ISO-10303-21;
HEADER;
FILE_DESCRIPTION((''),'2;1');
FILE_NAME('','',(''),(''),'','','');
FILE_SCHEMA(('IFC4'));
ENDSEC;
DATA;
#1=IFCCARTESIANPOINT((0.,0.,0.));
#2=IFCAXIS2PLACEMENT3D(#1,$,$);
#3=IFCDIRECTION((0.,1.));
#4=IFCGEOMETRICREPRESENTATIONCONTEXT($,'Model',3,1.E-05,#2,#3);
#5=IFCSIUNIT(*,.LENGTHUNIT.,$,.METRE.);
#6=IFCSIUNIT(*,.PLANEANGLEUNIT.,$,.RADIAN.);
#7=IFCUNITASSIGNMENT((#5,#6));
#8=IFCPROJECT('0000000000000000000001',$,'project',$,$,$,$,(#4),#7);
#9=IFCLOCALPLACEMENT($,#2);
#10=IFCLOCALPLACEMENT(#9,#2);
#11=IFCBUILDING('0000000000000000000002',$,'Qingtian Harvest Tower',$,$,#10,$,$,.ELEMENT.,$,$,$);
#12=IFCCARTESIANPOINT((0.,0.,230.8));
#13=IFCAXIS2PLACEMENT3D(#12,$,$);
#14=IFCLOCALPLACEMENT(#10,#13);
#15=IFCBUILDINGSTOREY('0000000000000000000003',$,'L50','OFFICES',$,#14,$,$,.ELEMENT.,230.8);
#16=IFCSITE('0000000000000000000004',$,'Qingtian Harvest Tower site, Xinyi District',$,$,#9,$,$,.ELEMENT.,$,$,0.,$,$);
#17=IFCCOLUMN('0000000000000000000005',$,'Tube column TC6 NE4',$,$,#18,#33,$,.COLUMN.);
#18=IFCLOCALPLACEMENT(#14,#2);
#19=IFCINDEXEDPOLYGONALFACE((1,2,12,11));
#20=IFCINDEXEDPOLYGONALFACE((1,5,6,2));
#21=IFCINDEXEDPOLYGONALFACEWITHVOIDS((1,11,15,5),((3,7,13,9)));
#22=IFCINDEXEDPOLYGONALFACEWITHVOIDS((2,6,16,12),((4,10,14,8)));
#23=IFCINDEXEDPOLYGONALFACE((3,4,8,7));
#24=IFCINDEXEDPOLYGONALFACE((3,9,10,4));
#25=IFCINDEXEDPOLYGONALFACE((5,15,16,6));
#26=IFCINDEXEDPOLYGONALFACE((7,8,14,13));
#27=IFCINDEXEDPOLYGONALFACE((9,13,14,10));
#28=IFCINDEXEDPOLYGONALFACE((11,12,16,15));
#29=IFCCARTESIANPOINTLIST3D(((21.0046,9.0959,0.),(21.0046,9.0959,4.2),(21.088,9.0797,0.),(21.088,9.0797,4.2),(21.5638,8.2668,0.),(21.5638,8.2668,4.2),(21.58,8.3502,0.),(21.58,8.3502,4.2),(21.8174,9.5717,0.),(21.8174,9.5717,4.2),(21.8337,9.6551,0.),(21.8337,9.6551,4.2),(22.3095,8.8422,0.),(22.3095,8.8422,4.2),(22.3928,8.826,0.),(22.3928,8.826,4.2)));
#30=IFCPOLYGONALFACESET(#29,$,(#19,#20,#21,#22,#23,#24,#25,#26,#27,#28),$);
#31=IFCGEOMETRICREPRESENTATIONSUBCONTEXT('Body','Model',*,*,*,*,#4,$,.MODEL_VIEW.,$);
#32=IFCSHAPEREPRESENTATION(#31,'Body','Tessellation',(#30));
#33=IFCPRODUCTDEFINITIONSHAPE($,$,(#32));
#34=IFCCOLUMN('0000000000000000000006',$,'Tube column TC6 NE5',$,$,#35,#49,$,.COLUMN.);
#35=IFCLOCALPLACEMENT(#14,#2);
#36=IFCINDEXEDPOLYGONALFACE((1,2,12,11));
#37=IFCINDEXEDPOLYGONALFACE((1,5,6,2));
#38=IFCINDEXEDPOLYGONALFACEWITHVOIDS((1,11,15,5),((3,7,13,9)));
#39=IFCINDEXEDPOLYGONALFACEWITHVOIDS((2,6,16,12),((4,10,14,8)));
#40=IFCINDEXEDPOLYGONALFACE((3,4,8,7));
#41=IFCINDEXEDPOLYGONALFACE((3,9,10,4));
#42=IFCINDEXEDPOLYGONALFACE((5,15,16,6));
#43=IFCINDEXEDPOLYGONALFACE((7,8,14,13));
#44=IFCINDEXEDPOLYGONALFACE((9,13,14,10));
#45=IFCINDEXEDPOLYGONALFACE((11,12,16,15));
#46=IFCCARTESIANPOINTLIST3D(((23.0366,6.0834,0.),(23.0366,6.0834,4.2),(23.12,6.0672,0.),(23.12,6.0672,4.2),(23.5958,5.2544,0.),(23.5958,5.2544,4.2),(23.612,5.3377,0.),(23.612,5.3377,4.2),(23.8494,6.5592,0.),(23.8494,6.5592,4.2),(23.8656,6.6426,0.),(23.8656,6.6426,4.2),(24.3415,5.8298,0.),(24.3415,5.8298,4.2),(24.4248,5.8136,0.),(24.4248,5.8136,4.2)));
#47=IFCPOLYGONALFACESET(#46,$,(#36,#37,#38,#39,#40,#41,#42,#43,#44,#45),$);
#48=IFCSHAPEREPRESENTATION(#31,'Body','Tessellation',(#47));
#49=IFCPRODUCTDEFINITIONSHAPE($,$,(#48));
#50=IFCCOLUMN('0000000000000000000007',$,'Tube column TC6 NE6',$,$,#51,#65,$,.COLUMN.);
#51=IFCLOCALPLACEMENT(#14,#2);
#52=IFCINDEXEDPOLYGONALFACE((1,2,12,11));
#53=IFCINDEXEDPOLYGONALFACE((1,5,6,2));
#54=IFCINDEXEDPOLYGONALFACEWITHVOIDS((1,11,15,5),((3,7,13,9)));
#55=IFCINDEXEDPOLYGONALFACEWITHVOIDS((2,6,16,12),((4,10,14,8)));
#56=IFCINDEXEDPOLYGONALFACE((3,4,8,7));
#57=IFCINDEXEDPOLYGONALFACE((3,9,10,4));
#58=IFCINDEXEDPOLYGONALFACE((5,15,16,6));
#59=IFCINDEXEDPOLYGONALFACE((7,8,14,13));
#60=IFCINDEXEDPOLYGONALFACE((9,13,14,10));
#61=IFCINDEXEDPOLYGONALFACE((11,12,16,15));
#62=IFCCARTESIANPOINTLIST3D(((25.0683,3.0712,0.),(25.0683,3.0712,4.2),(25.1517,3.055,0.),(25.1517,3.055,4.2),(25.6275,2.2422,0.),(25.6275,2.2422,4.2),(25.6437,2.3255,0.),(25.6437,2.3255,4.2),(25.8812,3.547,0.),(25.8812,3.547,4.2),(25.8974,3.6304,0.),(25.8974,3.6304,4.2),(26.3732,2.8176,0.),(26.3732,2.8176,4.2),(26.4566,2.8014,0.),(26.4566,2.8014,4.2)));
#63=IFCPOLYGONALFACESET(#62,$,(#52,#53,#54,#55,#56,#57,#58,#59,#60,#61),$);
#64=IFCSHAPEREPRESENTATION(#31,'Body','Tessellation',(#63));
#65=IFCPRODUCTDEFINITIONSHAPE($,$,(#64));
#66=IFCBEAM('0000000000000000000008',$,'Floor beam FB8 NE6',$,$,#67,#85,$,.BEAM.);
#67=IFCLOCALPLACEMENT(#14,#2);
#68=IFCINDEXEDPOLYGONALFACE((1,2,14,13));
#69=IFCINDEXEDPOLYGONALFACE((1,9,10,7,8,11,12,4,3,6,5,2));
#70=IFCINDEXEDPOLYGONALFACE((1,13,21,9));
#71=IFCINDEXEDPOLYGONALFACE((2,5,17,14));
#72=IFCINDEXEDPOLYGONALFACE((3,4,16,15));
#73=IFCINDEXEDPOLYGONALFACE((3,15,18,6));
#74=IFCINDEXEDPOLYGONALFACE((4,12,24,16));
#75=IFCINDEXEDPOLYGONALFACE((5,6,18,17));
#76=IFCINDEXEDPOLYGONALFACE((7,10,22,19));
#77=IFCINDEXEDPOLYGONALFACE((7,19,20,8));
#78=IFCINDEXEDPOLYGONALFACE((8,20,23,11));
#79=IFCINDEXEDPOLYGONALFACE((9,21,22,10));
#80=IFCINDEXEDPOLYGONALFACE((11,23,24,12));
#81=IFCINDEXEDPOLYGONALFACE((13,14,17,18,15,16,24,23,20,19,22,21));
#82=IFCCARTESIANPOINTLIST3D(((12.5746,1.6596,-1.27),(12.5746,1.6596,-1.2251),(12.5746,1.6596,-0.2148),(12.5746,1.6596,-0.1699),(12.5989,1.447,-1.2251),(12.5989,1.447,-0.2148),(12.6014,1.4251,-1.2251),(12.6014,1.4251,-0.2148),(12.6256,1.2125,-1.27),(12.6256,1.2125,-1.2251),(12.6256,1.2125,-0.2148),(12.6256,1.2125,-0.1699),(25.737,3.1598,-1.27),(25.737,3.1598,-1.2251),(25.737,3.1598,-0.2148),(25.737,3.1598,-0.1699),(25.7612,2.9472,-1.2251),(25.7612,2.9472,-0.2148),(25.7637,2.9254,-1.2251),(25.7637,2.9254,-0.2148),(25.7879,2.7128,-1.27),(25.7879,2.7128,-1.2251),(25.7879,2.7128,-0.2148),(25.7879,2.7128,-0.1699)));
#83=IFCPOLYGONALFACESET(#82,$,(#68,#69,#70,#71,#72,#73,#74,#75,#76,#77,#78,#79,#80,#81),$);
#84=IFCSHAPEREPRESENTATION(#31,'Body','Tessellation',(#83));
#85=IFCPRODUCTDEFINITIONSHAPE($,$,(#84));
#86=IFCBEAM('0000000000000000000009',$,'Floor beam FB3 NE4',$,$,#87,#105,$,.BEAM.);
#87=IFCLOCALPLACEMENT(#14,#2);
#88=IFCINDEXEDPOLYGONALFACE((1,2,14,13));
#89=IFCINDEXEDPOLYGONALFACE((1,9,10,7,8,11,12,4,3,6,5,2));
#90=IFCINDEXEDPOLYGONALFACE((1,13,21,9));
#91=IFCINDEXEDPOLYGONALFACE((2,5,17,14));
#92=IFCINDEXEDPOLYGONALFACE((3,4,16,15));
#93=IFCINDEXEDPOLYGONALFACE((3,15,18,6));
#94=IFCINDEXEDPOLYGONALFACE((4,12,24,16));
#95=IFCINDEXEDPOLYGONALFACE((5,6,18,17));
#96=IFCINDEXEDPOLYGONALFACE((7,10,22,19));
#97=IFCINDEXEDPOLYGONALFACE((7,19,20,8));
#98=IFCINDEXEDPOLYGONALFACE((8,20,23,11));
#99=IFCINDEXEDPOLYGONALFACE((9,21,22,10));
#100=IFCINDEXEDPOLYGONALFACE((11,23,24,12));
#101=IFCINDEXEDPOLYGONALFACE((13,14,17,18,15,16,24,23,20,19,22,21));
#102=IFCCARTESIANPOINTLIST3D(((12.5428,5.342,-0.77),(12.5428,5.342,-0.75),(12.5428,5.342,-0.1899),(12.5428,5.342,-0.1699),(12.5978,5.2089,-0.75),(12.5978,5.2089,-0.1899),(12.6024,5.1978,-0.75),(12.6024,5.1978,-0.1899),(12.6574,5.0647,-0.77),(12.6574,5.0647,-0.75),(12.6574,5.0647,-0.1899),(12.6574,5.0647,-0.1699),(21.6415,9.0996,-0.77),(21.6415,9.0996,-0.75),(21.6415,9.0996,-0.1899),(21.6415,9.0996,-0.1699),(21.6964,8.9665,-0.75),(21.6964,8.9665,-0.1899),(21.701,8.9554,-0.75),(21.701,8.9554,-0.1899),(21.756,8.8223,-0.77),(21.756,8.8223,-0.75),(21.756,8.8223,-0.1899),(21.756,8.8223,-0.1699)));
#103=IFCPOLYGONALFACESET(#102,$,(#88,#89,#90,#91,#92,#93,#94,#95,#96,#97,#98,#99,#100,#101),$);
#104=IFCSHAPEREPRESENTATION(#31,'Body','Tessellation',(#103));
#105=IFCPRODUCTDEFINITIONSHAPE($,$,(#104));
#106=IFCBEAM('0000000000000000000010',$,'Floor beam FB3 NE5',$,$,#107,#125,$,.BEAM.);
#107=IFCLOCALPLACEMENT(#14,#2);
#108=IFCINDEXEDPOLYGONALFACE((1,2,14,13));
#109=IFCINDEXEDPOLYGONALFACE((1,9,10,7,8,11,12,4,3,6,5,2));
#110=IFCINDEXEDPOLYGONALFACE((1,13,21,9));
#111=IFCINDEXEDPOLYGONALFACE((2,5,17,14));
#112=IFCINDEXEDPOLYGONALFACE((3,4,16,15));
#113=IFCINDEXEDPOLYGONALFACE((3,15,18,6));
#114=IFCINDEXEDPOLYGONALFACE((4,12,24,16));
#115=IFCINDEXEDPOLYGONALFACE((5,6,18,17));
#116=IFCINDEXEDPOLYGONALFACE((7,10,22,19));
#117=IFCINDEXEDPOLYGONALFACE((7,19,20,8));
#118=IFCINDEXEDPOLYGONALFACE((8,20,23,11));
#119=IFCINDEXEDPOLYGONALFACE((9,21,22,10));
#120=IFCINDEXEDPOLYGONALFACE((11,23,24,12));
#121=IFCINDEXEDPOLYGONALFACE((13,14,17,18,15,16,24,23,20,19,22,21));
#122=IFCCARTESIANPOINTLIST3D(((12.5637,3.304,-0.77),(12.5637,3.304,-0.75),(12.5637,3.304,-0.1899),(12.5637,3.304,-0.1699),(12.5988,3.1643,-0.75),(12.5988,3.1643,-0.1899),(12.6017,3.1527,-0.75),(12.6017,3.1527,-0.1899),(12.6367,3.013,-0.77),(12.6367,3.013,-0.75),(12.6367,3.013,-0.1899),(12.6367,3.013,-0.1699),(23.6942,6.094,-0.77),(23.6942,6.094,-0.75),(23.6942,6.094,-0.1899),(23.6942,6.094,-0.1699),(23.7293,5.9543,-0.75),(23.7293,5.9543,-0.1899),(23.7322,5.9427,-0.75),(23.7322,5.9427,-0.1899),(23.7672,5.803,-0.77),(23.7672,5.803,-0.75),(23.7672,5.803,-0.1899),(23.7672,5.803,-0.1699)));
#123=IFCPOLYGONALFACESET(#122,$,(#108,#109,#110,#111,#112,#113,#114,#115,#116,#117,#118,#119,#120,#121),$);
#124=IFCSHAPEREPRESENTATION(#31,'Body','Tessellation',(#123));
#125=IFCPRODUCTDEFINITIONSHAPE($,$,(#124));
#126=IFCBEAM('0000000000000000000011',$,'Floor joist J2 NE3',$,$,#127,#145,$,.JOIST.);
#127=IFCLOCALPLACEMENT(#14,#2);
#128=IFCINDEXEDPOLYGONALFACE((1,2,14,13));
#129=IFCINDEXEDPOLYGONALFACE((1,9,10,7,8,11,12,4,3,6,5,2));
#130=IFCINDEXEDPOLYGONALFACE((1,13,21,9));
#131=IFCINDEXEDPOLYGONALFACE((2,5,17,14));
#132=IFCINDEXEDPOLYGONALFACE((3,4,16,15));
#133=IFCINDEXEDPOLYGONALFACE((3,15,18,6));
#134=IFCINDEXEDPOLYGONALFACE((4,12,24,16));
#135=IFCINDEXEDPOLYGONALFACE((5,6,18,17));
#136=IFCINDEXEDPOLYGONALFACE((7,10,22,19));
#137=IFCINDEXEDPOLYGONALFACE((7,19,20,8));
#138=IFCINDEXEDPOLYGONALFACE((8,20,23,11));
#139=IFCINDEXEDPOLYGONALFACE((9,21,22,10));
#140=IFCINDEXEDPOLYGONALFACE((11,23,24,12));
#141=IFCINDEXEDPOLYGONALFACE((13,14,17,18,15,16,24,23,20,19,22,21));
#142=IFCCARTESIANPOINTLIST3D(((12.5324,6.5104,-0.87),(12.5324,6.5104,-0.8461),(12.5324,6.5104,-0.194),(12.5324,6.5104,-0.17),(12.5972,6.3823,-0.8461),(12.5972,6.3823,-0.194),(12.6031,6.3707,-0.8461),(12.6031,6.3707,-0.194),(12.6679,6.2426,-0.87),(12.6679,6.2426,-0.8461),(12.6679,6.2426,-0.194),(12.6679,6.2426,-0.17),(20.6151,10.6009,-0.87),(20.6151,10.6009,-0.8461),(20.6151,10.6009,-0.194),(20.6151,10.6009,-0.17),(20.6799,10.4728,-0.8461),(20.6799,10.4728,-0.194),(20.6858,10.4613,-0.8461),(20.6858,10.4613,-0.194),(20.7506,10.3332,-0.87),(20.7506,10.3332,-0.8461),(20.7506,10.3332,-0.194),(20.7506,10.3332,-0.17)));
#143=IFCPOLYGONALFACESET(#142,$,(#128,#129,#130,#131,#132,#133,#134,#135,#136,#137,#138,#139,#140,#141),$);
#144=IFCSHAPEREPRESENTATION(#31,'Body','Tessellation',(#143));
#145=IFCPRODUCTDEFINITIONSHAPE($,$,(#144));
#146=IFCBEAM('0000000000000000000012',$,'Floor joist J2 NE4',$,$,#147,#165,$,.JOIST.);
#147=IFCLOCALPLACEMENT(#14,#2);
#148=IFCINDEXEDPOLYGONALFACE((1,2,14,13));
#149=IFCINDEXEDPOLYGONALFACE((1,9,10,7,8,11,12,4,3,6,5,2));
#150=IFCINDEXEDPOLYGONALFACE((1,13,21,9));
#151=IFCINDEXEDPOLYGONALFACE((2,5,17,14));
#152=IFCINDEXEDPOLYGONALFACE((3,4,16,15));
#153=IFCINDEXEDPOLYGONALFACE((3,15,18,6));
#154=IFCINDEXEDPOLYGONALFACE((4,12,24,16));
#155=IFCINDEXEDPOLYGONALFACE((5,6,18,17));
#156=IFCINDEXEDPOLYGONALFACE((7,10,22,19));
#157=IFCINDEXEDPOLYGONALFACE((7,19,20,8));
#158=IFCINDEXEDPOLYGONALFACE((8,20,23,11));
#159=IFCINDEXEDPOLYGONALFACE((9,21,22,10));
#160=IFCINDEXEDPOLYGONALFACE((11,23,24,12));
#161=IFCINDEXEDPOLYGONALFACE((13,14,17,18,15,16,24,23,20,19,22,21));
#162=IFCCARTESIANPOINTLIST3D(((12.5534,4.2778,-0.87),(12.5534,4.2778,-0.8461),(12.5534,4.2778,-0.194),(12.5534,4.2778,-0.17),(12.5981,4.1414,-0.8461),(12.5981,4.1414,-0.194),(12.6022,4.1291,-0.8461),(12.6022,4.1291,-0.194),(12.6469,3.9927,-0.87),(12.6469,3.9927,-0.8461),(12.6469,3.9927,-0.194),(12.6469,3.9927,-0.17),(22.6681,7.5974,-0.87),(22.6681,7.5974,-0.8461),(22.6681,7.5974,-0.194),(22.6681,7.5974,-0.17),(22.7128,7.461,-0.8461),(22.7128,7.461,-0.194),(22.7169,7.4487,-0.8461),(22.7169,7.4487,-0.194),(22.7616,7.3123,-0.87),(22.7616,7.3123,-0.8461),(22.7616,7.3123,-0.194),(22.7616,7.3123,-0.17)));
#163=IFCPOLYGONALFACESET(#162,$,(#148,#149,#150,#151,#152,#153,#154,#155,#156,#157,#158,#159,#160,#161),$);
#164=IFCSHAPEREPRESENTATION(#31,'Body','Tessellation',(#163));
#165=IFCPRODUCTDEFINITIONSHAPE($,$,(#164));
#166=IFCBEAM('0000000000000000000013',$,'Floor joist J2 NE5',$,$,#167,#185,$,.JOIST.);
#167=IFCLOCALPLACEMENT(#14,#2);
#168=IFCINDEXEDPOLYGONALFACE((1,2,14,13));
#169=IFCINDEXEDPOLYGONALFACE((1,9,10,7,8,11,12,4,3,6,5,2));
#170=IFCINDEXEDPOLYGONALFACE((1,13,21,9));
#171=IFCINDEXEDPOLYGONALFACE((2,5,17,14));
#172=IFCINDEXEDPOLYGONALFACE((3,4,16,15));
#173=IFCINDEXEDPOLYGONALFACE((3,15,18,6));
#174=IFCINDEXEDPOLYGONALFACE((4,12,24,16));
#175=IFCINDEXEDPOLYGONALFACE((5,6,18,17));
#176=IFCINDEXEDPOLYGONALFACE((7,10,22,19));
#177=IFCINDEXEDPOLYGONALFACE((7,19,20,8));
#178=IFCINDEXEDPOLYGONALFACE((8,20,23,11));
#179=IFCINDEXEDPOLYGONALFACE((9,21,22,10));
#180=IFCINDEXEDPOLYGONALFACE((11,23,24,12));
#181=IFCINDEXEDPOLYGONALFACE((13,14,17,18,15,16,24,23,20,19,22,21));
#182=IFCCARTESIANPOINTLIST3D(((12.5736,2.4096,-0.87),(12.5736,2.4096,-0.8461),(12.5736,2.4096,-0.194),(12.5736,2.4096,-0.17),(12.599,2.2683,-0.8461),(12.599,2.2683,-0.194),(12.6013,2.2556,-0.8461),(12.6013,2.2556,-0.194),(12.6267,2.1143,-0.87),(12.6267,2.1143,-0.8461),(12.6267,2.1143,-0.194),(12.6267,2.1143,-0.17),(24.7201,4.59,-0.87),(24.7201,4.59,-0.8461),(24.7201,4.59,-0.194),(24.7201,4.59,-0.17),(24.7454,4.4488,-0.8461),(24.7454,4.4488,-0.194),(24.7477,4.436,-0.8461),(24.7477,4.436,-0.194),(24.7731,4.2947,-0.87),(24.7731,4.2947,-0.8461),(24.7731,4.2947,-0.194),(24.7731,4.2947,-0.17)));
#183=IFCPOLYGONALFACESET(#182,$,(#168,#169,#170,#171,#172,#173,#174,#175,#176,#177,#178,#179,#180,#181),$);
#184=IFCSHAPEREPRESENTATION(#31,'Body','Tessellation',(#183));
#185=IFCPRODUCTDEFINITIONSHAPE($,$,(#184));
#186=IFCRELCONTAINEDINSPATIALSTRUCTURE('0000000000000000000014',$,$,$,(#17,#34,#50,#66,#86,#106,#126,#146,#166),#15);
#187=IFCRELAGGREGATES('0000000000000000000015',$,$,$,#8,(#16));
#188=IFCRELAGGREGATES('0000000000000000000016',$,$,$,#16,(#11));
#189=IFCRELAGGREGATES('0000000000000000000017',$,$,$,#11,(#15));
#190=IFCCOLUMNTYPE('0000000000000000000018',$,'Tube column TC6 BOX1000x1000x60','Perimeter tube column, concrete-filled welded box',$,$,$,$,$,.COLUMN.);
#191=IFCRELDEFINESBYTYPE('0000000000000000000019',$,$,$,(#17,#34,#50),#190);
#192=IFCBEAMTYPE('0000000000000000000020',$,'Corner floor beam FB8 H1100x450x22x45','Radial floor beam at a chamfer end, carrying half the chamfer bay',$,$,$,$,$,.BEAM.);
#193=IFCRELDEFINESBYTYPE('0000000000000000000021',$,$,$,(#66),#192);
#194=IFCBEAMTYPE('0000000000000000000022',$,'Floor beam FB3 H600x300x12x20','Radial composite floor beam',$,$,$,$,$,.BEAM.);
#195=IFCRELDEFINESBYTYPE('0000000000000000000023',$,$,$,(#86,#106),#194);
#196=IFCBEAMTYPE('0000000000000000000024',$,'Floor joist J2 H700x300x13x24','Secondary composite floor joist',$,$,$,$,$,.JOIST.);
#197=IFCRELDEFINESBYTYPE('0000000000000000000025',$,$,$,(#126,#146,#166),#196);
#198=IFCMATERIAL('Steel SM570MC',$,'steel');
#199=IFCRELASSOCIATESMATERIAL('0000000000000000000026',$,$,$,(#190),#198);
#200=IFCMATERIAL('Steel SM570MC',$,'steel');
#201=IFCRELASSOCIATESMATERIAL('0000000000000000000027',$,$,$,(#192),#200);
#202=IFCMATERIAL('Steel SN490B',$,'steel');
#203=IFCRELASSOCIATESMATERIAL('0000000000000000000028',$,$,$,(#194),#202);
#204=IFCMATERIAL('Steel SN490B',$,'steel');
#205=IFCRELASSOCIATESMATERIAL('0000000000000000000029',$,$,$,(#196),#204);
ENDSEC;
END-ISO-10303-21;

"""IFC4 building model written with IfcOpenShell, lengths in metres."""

from ifc_helpers import new_model, si_unit, direction, frame, origin, origin_2d, place, context, subcontext, project, spatial, hollow_rectangle, i_section, extrude, material, material_profile, profile_set, type_object, element, save


model = new_model("IFC4")

# Units and contexts
model_context = context("Model", 3, precision=1e-05, world=origin(), true_north=direction((0.0, 1.0)))
body_context = subcontext(model_context, "Body", "Model", "MODEL_VIEW")
ifc_project = project(units=[si_unit("LENGTHUNIT", "METRE"), si_unit("PLANEANGLEUNIT", "RADIAN")], contexts=[model_context])

# Site, building, storey
site_placement = place(None, origin())
site = spatial("IfcSite", under=ifc_project, at=site_placement, Name="Qingtian Harvest Tower site, Xinyi District", CompositionType="ELEMENT", RefElevation=0.0)
building_placement = place(site_placement, origin())
building = spatial("IfcBuilding", under=site, at=building_placement, Name="Qingtian Harvest Tower", CompositionType="ELEMENT")
storey_placement = place(building_placement, frame((0.0, 0.0, 230.8)))
storey = spatial("IfcBuildingStorey", under=building, at=storey_placement, Name="L50", Description="OFFICES", CompositionType="ELEMENT", Elevation=230.8)

# Columns
ifc_material_1 = material(Name="Steel SM570MC", Category="steel")
ifc_material_profile_1 = material_profile(ifc_material_1, hollow_rectangle(XDim=1.0, YDim=1.0, WallThickness=0.0601, at=origin_2d()), Name="BOX1000x1000x60")
ifc_profile_set_1 = profile_set([ifc_material_profile_1], Name="Steel SM570MC")
column_type = type_object("IfcColumnType", Name="Tube column TC6 BOX1000x1000x60", Description="Perimeter tube column, concrete-filled welded box", PredefinedType="COLUMN", material=ifc_profile_set_1)
for number, where, z_axis, x_axis, name in (
    (1, (21.6987, 8.9609, 0.0), (0.0, 0.0, 1.0), (-0.559193, 0.829038, 0.0), "Tube column TC6 NE4"),
    (2, (23.7307, 5.9485, 0.0), (0.0, 0.0, 1.0), (-0.559193, 0.829038, 0.0), "Tube column TC6 NE5"),
    (3, (25.7625, 2.9363, 0.0), (0.0, 0.0, 1.0), (-0.559193, 0.829038, 0.0), "Tube column TC6 NE6"),
):
    element("IfcColumn", number, at=place(storey_placement, frame(where, z_axis=z_axis, x_axis=x_axis)), inside=storey, type_object=column_type, Name=name, PredefinedType="COLUMN", context=body_context, shape_type="SweptSolid", body=[
        extrude(hollow_rectangle(XDim=1.0, YDim=1.0, WallThickness=0.0601, at=origin_2d()), origin(), (0.0, 0.0, 1.0), 4.2),
    ])

# Beams
ifc_material_2 = material(Name="Steel SM570MC", Category="steel")
ifc_material_profile_2 = material_profile(ifc_material_2, i_section(OverallWidth=0.45, OverallDepth=1.1001, WebThickness=0.022, FlangeThickness=0.0449, at=origin_2d()), Name="H1100x450x22x45")
ifc_profile_set_2 = profile_set([ifc_material_profile_2], Name="Steel SM570MC")
beam_type_1 = type_object("IfcBeamType", Name="Corner floor beam FB8 H1100x450x22x45", Description="Radial floor beam at a chamfer end, carrying half the chamfer bay", PredefinedType="BEAM", material=ifc_profile_set_2)
beam_1_placement = place(storey_placement, frame((25.7625, 2.9363, -0.72), z_axis=(-0.993567, -0.113247, 0.0), x_axis=(0.113247, -0.993567, 0.0)))
element("IfcBeam", 4, at=beam_1_placement, inside=storey, type_object=beam_type_1, Name="Floor beam FB8 NE6", PredefinedType="BEAM", context=body_context, shape_type="SweptSolid", body=[
    extrude(i_section(OverallWidth=0.45, OverallDepth=1.1001, WebThickness=0.022, FlangeThickness=0.0449, at=origin_2d()), origin(), (0.0, 0.0, 1.0), 13.2476),
])
ifc_material_3 = material(Name="Steel SN490B", Category="steel")
ifc_material_profile_3 = material_profile(ifc_material_3, i_section(OverallWidth=0.3, OverallDepth=0.6001, WebThickness=0.012, FlangeThickness=0.02, at=origin_2d()), Name="H600x300x12x20")
ifc_profile_set_3 = profile_set([ifc_material_profile_3], Name="Steel SN490B")
beam_type_2 = type_object("IfcBeamType", Name="Floor beam FB3 H600x300x12x20", Description="Radial composite floor beam", PredefinedType="BEAM", material=ifc_profile_set_3)
beam_2_placement = place(storey_placement, frame((21.6987, 8.9609, -0.47), z_axis=(-0.924282, -0.381711, 0.0), x_axis=(0.381711, -0.924282, 0.0)))
element("IfcBeam", 5, at=beam_2_placement, inside=storey, type_object=beam_type_2, Name="Floor beam FB3 NE4", PredefinedType="BEAM", context=body_context, shape_type="SweptSolid", body=[
    extrude(i_section(OverallWidth=0.3, OverallDepth=0.6001, WebThickness=0.012, FlangeThickness=0.02, at=origin_2d()), origin(), (0.0, 0.0, 1.0), 9.844),
])
beam_3_placement = place(storey_placement, frame((23.7307, 5.9485, -0.47), z_axis=(-0.969991, -0.243141, 0.0), x_axis=(0.243141, -0.969991, 0.0)))
element("IfcBeam", 6, at=beam_3_placement, inside=storey, type_object=beam_type_2, Name="Floor beam FB3 NE5", PredefinedType="BEAM", context=body_context, shape_type="SweptSolid", body=[
    extrude(i_section(OverallWidth=0.3, OverallDepth=0.6001, WebThickness=0.012, FlangeThickness=0.02, at=origin_2d()), origin(), (0.0, 0.0, 1.0), 11.4749),
])
ifc_material_4 = material(Name="Steel SN490B", Category="steel")
ifc_material_profile_4 = material_profile(ifc_material_4, i_section(OverallWidth=0.3, OverallDepth=0.7, WebThickness=0.0129, FlangeThickness=0.0239, at=origin_2d()), Name="H700x300x13x24")
ifc_profile_set_4 = profile_set([ifc_material_profile_4], Name="Steel SN490B")
beam_type_3 = type_object("IfcBeamType", Name="Floor joist J2 H700x300x13x24", Description="Secondary composite floor joist", PredefinedType="JOIST", material=ifc_profile_set_4)
beam_4_placement = place(storey_placement, frame((20.6829, 10.467, -0.52), z_axis=(-0.892244, -0.451553, 0.0), x_axis=(0.451553, -0.892244, 0.0)))
element("IfcBeam", 7, at=beam_4_placement, inside=storey, type_object=beam_type_3, Name="Floor joist J2 NE3", PredefinedType="JOIST", context=body_context, shape_type="SweptSolid", body=[
    extrude(i_section(OverallWidth=0.3, OverallDepth=0.7, WebThickness=0.0129, FlangeThickness=0.0239, at=origin_2d()), origin(), (0.0, 0.0, 1.0), 9.0588),
])
beam_5_placement = place(storey_placement, frame((22.7148, 7.4548, -0.52), z_axis=(-0.950139, -0.311828, 0.0), x_axis=(0.311828, -0.950139, 0.0)))
element("IfcBeam", 8, at=beam_5_placement, inside=storey, type_object=beam_type_3, Name="Floor joist J2 NE4", PredefinedType="JOIST", context=body_context, shape_type="SweptSolid", body=[
    extrude(i_section(OverallWidth=0.3, OverallDepth=0.7, WebThickness=0.0129, FlangeThickness=0.0239, at=origin_2d()), origin(), (0.0, 0.0, 1.0), 10.6455),
])
beam_6_placement = place(storey_placement, frame((24.7466, 4.4424, -0.52), z_axis=(-0.984267, -0.176686, 0.0), x_axis=(0.176686, -0.984267, 0.0)))
element("IfcBeam", 9, at=beam_6_placement, inside=storey, type_object=beam_type_3, Name="Floor joist J2 NE5", PredefinedType="JOIST", context=body_context, shape_type="SweptSolid", body=[
    extrude(i_section(OverallWidth=0.3, OverallDepth=0.7, WebThickness=0.0129, FlangeThickness=0.0239, at=origin_2d()), origin(), (0.0, 0.0, 1.0), 12.3406),
])

save(model, "model.ifc")
